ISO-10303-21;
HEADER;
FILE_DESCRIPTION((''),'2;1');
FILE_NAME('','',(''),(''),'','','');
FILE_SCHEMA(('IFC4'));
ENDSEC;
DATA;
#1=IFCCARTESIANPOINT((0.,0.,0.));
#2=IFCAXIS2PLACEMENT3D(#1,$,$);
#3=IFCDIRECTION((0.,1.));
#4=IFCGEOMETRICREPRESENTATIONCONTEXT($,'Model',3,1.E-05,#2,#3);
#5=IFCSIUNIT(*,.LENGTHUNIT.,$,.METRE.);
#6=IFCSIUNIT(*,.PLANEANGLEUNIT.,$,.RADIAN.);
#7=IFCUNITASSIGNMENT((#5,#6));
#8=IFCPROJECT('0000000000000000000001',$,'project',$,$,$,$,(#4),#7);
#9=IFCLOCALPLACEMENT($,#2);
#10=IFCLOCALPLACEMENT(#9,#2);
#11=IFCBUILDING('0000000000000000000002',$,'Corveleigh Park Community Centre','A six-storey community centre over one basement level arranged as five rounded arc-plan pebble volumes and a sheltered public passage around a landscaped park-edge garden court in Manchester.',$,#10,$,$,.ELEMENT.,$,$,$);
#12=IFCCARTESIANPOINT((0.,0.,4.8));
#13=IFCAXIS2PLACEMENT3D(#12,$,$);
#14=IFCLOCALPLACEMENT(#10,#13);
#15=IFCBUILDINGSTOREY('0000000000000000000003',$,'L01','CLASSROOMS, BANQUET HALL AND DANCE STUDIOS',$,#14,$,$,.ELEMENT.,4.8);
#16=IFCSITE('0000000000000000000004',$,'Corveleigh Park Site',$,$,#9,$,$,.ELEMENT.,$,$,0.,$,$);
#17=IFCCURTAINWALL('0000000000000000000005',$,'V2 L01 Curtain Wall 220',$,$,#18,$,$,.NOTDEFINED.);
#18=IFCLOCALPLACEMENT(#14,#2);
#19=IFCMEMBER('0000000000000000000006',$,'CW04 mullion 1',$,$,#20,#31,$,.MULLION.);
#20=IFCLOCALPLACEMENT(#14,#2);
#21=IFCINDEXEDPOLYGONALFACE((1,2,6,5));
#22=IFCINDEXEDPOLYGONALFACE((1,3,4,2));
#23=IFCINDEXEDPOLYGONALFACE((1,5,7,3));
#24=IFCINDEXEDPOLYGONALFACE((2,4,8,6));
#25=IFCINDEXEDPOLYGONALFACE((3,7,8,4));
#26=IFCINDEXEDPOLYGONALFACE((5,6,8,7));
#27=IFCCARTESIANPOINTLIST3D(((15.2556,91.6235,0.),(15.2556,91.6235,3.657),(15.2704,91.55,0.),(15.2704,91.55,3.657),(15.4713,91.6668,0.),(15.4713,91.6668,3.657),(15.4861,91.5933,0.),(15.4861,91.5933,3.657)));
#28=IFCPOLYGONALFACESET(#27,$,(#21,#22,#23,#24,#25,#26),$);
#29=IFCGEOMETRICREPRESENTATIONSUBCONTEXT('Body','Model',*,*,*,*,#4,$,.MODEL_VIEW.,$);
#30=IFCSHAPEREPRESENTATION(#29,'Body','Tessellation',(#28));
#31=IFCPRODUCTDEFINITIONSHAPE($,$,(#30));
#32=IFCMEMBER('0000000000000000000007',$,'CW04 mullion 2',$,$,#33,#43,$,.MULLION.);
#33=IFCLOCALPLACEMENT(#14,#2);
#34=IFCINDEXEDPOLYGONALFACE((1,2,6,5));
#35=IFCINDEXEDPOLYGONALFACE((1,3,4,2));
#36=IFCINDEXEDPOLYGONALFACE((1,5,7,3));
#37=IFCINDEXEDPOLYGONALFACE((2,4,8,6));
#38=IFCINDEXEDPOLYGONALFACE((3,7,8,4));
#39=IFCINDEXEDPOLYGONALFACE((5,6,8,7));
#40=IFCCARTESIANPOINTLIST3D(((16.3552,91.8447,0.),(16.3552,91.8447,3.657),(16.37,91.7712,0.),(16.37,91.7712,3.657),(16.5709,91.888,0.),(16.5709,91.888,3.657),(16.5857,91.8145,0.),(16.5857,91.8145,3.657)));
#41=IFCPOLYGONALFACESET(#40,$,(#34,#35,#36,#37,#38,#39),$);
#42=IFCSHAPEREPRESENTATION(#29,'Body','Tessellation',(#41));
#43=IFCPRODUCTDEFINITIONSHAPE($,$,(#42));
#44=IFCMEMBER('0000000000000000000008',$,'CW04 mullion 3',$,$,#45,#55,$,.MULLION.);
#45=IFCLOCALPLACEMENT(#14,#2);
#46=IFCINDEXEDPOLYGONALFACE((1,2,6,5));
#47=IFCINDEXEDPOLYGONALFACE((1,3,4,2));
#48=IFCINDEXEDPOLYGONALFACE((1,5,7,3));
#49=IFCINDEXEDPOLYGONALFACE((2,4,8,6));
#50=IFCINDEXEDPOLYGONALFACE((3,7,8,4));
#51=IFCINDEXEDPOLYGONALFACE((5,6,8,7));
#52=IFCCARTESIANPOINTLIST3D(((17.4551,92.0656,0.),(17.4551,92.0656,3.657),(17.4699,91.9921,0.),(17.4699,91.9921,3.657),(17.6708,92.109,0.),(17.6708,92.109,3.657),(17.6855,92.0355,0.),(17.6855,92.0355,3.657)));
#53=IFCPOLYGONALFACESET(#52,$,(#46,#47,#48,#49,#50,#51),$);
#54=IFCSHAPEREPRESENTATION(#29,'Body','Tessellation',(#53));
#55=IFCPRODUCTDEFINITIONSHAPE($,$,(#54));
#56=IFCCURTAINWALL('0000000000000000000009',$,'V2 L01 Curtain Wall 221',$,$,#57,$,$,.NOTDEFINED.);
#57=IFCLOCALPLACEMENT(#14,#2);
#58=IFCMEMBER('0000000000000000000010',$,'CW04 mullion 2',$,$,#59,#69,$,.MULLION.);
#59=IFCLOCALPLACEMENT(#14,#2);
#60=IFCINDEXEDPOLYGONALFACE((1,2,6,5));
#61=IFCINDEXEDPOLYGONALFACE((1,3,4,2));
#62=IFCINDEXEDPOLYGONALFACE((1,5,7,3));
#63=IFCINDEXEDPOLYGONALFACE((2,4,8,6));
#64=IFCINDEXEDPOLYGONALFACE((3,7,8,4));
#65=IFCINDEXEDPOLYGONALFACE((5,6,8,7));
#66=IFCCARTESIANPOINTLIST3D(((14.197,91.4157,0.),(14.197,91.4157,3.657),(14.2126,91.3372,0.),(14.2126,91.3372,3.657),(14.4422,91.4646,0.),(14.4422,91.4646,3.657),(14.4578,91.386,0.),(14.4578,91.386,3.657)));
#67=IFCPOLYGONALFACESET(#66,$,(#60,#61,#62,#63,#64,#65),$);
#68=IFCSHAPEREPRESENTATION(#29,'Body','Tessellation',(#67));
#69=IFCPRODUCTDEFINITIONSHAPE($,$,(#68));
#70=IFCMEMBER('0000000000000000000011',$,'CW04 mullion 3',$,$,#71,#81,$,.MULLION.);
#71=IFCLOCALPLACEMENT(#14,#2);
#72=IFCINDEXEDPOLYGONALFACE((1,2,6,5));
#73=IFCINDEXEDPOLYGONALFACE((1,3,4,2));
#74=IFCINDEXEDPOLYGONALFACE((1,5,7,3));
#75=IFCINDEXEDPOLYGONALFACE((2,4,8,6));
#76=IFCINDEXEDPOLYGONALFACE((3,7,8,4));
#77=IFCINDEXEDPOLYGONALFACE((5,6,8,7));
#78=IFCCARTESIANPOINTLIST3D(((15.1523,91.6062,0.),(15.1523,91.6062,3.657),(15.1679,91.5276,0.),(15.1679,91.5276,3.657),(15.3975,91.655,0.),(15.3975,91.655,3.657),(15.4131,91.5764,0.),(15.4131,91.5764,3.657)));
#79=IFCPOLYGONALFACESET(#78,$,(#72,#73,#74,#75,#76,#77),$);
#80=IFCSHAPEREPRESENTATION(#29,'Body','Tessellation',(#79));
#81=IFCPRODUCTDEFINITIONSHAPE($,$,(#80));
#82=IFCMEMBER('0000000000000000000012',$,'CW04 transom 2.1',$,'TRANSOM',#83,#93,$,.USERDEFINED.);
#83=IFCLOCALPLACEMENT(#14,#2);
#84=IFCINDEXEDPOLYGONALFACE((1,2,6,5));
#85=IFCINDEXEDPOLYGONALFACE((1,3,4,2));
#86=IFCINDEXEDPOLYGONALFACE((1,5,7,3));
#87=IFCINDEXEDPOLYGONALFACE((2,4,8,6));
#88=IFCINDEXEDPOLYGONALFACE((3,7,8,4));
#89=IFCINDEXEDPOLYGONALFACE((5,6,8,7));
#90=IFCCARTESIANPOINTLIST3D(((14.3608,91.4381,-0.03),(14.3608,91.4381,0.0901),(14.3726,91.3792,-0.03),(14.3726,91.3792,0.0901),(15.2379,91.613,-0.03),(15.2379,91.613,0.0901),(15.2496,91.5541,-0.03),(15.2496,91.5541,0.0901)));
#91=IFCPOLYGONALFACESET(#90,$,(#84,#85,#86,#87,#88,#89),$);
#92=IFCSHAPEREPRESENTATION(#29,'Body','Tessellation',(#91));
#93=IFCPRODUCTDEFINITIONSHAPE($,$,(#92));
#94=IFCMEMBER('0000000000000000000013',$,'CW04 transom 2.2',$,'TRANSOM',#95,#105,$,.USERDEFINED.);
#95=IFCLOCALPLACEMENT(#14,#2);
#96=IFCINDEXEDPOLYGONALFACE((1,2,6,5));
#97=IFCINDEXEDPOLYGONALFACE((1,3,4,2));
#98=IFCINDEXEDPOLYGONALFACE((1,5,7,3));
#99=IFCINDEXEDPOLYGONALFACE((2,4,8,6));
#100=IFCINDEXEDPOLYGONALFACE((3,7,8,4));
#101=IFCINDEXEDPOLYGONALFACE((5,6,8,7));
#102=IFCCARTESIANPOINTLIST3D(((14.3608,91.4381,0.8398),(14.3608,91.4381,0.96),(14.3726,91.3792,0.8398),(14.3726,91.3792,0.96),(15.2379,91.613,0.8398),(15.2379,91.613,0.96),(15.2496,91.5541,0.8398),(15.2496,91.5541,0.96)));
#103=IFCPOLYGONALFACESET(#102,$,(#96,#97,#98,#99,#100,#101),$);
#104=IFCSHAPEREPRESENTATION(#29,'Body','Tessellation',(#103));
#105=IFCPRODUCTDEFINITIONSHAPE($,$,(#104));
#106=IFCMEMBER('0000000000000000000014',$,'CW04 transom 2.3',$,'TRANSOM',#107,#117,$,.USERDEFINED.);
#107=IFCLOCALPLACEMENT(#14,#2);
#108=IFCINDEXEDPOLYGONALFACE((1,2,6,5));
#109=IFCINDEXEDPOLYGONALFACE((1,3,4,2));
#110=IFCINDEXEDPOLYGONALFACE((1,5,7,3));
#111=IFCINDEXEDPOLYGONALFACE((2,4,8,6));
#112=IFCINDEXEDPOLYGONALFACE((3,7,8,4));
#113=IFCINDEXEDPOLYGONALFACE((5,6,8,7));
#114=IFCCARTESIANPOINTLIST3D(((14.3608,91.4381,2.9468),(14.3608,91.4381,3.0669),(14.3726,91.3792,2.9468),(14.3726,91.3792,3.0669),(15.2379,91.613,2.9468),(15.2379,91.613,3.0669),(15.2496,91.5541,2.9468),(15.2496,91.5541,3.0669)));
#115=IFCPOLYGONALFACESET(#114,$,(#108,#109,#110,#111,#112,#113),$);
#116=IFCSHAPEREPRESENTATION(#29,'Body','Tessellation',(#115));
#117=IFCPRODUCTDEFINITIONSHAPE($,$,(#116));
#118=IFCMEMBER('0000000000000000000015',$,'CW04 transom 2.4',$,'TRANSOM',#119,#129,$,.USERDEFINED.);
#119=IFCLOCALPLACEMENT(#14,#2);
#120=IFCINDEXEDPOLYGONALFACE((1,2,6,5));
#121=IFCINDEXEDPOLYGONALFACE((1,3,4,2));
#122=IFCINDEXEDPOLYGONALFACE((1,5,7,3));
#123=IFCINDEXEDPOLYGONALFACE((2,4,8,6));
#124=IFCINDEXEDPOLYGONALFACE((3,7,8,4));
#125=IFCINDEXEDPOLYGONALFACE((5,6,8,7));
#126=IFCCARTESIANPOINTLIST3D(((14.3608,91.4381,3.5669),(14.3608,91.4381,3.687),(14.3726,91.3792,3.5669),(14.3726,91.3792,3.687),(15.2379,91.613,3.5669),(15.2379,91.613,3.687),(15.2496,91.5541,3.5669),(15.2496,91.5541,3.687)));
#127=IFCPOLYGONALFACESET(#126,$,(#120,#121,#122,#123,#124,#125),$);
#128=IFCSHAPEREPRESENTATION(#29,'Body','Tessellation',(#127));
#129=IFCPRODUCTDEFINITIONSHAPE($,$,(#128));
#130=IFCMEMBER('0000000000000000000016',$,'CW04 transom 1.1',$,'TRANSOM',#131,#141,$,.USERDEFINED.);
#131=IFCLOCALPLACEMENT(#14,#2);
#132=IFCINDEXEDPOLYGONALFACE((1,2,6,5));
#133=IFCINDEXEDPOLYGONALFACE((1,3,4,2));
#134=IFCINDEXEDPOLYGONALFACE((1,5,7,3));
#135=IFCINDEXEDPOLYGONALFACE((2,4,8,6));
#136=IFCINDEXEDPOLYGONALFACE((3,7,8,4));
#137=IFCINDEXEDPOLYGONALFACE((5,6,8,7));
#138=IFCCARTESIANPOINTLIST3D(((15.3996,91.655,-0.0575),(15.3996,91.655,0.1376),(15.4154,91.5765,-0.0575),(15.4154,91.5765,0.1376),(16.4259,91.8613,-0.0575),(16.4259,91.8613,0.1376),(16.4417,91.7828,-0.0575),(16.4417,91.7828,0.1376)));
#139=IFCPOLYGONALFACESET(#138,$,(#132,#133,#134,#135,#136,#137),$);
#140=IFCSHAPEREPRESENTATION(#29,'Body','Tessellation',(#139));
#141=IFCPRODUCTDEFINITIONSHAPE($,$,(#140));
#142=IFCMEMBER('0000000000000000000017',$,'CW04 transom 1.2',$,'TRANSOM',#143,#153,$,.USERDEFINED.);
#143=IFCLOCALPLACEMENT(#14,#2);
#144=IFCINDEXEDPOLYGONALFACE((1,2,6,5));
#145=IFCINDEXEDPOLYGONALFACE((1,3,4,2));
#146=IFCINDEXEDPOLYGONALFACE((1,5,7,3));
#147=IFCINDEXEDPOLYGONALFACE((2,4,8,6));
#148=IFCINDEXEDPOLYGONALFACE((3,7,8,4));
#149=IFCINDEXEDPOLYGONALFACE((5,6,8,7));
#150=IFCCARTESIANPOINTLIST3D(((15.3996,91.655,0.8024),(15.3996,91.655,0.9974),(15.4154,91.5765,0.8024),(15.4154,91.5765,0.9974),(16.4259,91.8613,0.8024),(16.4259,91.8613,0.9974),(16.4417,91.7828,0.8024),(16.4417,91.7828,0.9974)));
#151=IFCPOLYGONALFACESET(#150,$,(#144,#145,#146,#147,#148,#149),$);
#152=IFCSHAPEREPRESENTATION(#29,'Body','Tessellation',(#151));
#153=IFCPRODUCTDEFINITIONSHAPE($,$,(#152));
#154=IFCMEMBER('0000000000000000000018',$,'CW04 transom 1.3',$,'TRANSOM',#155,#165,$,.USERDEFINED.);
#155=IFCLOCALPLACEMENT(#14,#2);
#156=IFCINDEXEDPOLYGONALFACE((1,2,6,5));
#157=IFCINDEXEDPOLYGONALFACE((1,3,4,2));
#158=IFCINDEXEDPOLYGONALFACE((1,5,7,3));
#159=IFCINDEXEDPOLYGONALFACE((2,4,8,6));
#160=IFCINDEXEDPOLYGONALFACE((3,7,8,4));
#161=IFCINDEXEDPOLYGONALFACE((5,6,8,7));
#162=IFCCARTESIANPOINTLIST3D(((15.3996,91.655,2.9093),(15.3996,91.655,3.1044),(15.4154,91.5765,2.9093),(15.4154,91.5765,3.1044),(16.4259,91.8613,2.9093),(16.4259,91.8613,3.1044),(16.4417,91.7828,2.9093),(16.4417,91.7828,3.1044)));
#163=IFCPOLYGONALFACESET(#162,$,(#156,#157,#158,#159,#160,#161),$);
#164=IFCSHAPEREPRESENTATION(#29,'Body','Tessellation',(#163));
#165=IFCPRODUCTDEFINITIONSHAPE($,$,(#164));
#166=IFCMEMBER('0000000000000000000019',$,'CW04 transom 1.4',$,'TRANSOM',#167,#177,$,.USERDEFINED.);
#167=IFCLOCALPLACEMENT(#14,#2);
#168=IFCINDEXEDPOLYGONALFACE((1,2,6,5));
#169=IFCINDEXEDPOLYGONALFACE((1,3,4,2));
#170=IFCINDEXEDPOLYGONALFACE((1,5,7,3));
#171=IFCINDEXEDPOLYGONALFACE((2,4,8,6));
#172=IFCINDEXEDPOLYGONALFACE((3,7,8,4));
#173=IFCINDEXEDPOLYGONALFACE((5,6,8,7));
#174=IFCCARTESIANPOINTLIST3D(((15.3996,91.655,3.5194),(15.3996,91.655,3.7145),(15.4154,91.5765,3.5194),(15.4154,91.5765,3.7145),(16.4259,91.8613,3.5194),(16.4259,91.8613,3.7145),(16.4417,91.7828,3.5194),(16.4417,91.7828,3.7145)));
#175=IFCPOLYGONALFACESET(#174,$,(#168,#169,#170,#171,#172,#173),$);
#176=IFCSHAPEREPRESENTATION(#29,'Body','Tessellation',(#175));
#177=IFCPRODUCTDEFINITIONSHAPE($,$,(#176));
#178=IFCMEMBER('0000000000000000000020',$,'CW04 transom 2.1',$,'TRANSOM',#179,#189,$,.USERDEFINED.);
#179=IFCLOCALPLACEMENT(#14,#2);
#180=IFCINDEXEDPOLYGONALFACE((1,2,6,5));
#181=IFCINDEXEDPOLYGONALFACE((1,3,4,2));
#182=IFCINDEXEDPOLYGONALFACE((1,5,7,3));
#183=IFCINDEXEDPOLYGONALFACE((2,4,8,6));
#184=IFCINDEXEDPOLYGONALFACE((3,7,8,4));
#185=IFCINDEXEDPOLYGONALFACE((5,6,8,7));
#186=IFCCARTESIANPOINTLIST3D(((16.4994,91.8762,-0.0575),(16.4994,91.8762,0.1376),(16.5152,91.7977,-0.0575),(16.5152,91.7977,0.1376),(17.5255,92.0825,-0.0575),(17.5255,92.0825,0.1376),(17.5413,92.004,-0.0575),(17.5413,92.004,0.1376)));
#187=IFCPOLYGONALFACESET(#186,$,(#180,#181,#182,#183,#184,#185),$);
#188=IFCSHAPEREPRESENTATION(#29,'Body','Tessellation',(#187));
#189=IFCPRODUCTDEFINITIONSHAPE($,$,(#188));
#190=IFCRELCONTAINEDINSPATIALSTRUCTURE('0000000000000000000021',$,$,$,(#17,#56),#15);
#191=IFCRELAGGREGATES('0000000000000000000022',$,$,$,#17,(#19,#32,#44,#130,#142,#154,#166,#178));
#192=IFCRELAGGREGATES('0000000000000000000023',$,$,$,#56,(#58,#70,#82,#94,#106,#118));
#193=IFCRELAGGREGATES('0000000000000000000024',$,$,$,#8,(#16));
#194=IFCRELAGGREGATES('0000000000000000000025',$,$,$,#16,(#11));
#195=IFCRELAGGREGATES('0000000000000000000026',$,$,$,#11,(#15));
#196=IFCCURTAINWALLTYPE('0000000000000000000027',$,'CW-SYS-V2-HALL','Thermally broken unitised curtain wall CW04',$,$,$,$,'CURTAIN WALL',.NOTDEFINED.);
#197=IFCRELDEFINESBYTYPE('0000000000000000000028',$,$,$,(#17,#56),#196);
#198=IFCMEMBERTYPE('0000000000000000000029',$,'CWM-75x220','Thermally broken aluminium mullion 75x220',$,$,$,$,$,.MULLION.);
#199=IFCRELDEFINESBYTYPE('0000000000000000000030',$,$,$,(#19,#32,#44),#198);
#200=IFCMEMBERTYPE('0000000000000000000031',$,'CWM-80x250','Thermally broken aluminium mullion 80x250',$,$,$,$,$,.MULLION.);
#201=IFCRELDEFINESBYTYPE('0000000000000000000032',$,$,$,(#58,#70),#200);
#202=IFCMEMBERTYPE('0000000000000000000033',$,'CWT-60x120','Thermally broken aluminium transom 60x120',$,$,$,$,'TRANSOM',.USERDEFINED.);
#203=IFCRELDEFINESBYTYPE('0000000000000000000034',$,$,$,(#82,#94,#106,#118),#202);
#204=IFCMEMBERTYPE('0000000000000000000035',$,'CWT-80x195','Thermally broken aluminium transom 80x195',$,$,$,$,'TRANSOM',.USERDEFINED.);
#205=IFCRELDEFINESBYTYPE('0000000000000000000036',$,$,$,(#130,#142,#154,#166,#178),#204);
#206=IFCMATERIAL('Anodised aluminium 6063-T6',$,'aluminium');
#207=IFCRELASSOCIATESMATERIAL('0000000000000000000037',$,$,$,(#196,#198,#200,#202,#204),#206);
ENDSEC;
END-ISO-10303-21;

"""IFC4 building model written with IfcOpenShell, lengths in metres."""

from ifc_helpers import new_model, si_unit, direction, frame, origin, origin_2d, place, context, subcontext, project, spatial, rectangle, extrude, material, material_profile, profile_set, type_object, element, aggregate, save


model = new_model("IFC4")

# Units and contexts
model_context = context("Model", 3, precision=1e-05, world=origin(), true_north=direction((0.0, 1.0)))
body_context = subcontext(model_context, "Body", "Model", "MODEL_VIEW")
ifc_project = project(units=[si_unit("LENGTHUNIT", "METRE"), si_unit("PLANEANGLEUNIT", "RADIAN")], contexts=[model_context])

# Site, building, storey
site_placement = place(None, origin())
site = spatial("IfcSite", under=ifc_project, at=site_placement, Name="Corveleigh Park Site", CompositionType="ELEMENT", RefElevation=0.0)
building_placement = place(site_placement, origin())
building = spatial("IfcBuilding", under=site, at=building_placement, Name="Corveleigh Park Community Centre", Description="A six-storey community centre over one basement level arranged as five rounded arc-plan pebble volumes and a sheltered public passage around a landscaped park-edge garden court in Manchester.", CompositionType="ELEMENT")
storey_placement = place(building_placement, frame((0.0, 0.0, 4.8)))
storey = spatial("IfcBuildingStorey", under=building, at=storey_placement, Name="L01", Description="CLASSROOMS, BANQUET HALL AND DANCE STUDIOS", CompositionType="ELEMENT", Elevation=4.8)

# Curtain walls, members
ifc_material_1 = material(Name="Anodised aluminium 6063-T6", Category="aluminium")
curtain_wall_type = type_object("IfcCurtainWallType", Name="CW-SYS-V2-HALL", Description="Thermally broken unitised curtain wall CW04", ElementType="CURTAIN WALL", PredefinedType="NOTDEFINED", material=ifc_material_1)
curtain_wall_1_placement = place(storey_placement, origin())
curtain_wall_1 = element("IfcCurtainWall", 1, at=curtain_wall_1_placement, inside=storey, type_object=curtain_wall_type, Name="V2 L01 Curtain Wall 220", PredefinedType="NOTDEFINED")
ifc_material_profile_1 = material_profile(ifc_material_1, rectangle(XDim=0.075, YDim=0.22, at=origin_2d()), Name="ALU-M75x220", Category="aluminium")
ifc_profile_set_1 = profile_set([ifc_material_profile_1], Name="Anodised aluminium 6063-T6")
member_type_1 = type_object("IfcMemberType", Name="CWM-75x220", Description="Thermally broken aluminium mullion 75x220", PredefinedType="MULLION", material=ifc_profile_set_1)
member_1_placement = place(storey_placement, frame((15.3708, 91.6084, 0.0), z_axis=(0.0, 0.0, 1.0), x_axis=(-0.197111, 0.980381, 0.0)))
member_1 = element("IfcMember", 2, at=member_1_placement, type_object=member_type_1, Name="CW04 mullion 1", PredefinedType="MULLION", context=body_context, shape_type="SweptSolid", body=[
    extrude(rectangle(XDim=0.075, YDim=0.22, at=origin_2d()), origin(), (0.0, 0.0, 1.0), 3.657),
])
member_2_placement = place(storey_placement, frame((16.4705, 91.8296, 0.0), z_axis=(0.0, 0.0, 1.0), x_axis=(-0.197111, 0.980381, 0.0)))
member_2 = element("IfcMember", 3, at=member_2_placement, type_object=member_type_1, Name="CW04 mullion 2", PredefinedType="MULLION", context=body_context, shape_type="SweptSolid", body=[
    extrude(rectangle(XDim=0.075, YDim=0.22, at=origin_2d()), origin(), (0.0, 0.0, 1.0), 3.657),
])
member_3_placement = place(storey_placement, frame((17.5703, 92.0505, 0.0), z_axis=(0.0, 0.0, 1.0), x_axis=(-0.197111, 0.980381, 0.0)))
member_3 = element("IfcMember", 4, at=member_3_placement, type_object=member_type_1, Name="CW04 mullion 3", PredefinedType="MULLION", context=body_context, shape_type="SweptSolid", body=[
    extrude(rectangle(XDim=0.075, YDim=0.22, at=origin_2d()), origin(), (0.0, 0.0, 1.0), 3.657),
])
curtain_wall_2_placement = place(storey_placement, origin())
curtain_wall_2 = element("IfcCurtainWall", 5, at=curtain_wall_2_placement, inside=storey, type_object=curtain_wall_type, Name="V2 L01 Curtain Wall 221", PredefinedType="NOTDEFINED")
ifc_material_profile_2 = material_profile(ifc_material_1, rectangle(XDim=0.0801, YDim=0.25, at=origin_2d()), Name="ALU-M80x250", Category="aluminium")
ifc_profile_set_2 = profile_set([ifc_material_profile_2], Name="Anodised aluminium 6063-T6")
member_type_2 = type_object("IfcMemberType", Name="CWM-80x250", Description="Thermally broken aluminium mullion 80x250", PredefinedType="MULLION", material=ifc_profile_set_2)
member_4_placement = place(storey_placement, frame((14.3274, 91.4009, 0.0), z_axis=(0.0, 0.0, 1.0), x_axis=(-0.195263, 0.980751, 0.0)))
member_4 = element("IfcMember", 6, at=member_4_placement, type_object=member_type_2, Name="CW04 mullion 2", PredefinedType="MULLION", context=body_context, shape_type="SweptSolid", body=[
    extrude(rectangle(XDim=0.0801, YDim=0.25, at=origin_2d()), origin(), (0.0, 0.0, 1.0), 3.657),
])
member_5_placement = place(storey_placement, frame((15.2827, 91.5913, 0.0), z_axis=(0.0, 0.0, 1.0), x_axis=(-0.195263, 0.980751, 0.0)))
member_5 = element("IfcMember", 7, at=member_5_placement, type_object=member_type_2, Name="CW04 mullion 3", PredefinedType="MULLION", context=body_context, shape_type="SweptSolid", body=[
    extrude(rectangle(XDim=0.0801, YDim=0.25, at=origin_2d()), origin(), (0.0, 0.0, 1.0), 3.657),
])
ifc_material_profile_3 = material_profile(ifc_material_1, rectangle(XDim=0.0601, YDim=0.1201, at=origin_2d()), Name="ALU-T60x120", Category="aluminium")
ifc_profile_set_3 = profile_set([ifc_material_profile_3], Name="Anodised aluminium 6063-T6")
member_type_3 = type_object("IfcMemberType", Name="CWT-60x120", Description="Thermally broken aluminium transom 60x120", ElementType="TRANSOM", PredefinedType="USERDEFINED", material=ifc_profile_set_3)
member_6_placement = place(storey_placement, frame((14.3667, 91.4087, 0.03), z_axis=(0.980706, 0.195486, 0.0), x_axis=(-0.195486, 0.980706, 0.0)))
member_6 = element("IfcMember", 8, at=member_6_placement, type_object=member_type_3, Name="CW04 transom 2.1", ObjectType="TRANSOM", PredefinedType="USERDEFINED", context=body_context, shape_type="SweptSolid", body=[
    extrude(rectangle(XDim=0.0601, YDim=0.1201, at=origin_2d()), origin(), (0.0, 0.0, 1.0), 0.8943),
])
member_7_placement = place(storey_placement, frame((14.3667, 91.4087, 0.8999), z_axis=(0.980706, 0.195486, 0.0), x_axis=(-0.195486, 0.980706, 0.0)))
member_7 = element("IfcMember", 9, at=member_7_placement, type_object=member_type_3, Name="CW04 transom 2.2", ObjectType="TRANSOM", PredefinedType="USERDEFINED", context=body_context, shape_type="SweptSolid", body=[
    extrude(rectangle(XDim=0.0601, YDim=0.1201, at=origin_2d()), origin(), (0.0, 0.0, 1.0), 0.8943),
])
member_8_placement = place(storey_placement, frame((14.3667, 91.4087, 3.0068), z_axis=(0.980706, 0.195486, 0.0), x_axis=(-0.195486, 0.980706, 0.0)))
member_8 = element("IfcMember", 10, at=member_8_placement, type_object=member_type_3, Name="CW04 transom 2.3", ObjectType="TRANSOM", PredefinedType="USERDEFINED", context=body_context, shape_type="SweptSolid", body=[
    extrude(rectangle(XDim=0.0601, YDim=0.1201, at=origin_2d()), origin(), (0.0, 0.0, 1.0), 0.8943),
])
member_9_placement = place(storey_placement, frame((14.3667, 91.4087, 3.627), z_axis=(0.980706, 0.195486, 0.0), x_axis=(-0.195486, 0.980706, 0.0)))
member_9 = element("IfcMember", 11, at=member_9_placement, type_object=member_type_3, Name="CW04 transom 2.4", ObjectType="TRANSOM", PredefinedType="USERDEFINED", context=body_context, shape_type="SweptSolid", body=[
    extrude(rectangle(XDim=0.0601, YDim=0.1201, at=origin_2d()), origin(), (0.0, 0.0, 1.0), 0.8943),
])

# Members
ifc_material_profile_4 = material_profile(ifc_material_1, rectangle(XDim=0.0801, YDim=0.1951, at=origin_2d()), Name="ALU-T80x195", Category="aluminium")
ifc_profile_set_4 = profile_set([ifc_material_profile_4], Name="Anodised aluminium 6063-T6")
member_type_4 = type_object("IfcMemberType", Name="CWT-80x195", Description="Thermally broken aluminium transom 80x195", ElementType="TRANSOM", PredefinedType="USERDEFINED", material=ifc_profile_set_4)
member_10_placement = place(storey_placement, frame((15.4075, 91.6157, 0.04), z_axis=(0.980392, 0.197058, 0.0), x_axis=(-0.197058, 0.980392, 0.0)))
member_10 = element("IfcMember", 12, at=member_10_placement, type_object=member_type_4, Name="CW04 transom 1.1", ObjectType="TRANSOM", PredefinedType="USERDEFINED", context=body_context, shape_type="SweptSolid", body=[
    extrude(rectangle(XDim=0.0801, YDim=0.1951, at=origin_2d()), origin(), (0.0, 0.0, 1.0), 1.0469),
])
member_11_placement = place(storey_placement, frame((15.4075, 91.6157, 0.8999), z_axis=(0.980392, 0.197058, 0.0), x_axis=(-0.197058, 0.980392, 0.0)))
member_11 = element("IfcMember", 13, at=member_11_placement, type_object=member_type_4, Name="CW04 transom 1.2", ObjectType="TRANSOM", PredefinedType="USERDEFINED", context=body_context, shape_type="SweptSolid", body=[
    extrude(rectangle(XDim=0.0801, YDim=0.1951, at=origin_2d()), origin(), (0.0, 0.0, 1.0), 1.0469),
])
member_12_placement = place(storey_placement, frame((15.4075, 91.6157, 3.0068), z_axis=(0.980392, 0.197058, 0.0), x_axis=(-0.197058, 0.980392, 0.0)))
member_12 = element("IfcMember", 14, at=member_12_placement, type_object=member_type_4, Name="CW04 transom 1.3", ObjectType="TRANSOM", PredefinedType="USERDEFINED", context=body_context, shape_type="SweptSolid", body=[
    extrude(rectangle(XDim=0.0801, YDim=0.1951, at=origin_2d()), origin(), (0.0, 0.0, 1.0), 1.0469),
])
member_13_placement = place(storey_placement, frame((15.4075, 91.6157, 3.6169), z_axis=(0.980392, 0.197058, 0.0), x_axis=(-0.197058, 0.980392, 0.0)))
member_13 = element("IfcMember", 15, at=member_13_placement, type_object=member_type_4, Name="CW04 transom 1.4", ObjectType="TRANSOM", PredefinedType="USERDEFINED", context=body_context, shape_type="SweptSolid", body=[
    extrude(rectangle(XDim=0.0801, YDim=0.1951, at=origin_2d()), origin(), (0.0, 0.0, 1.0), 1.0469),
])
member_14_placement = place(storey_placement, frame((16.5073, 91.8369, 0.04), z_axis=(0.980383, 0.197103, 0.0), x_axis=(-0.197103, 0.980383, 0.0)))
member_14 = element("IfcMember", 16, at=member_14_placement, type_object=member_type_4, Name="CW04 transom 2.1", ObjectType="TRANSOM", PredefinedType="USERDEFINED", context=body_context, shape_type="SweptSolid", body=[
    extrude(rectangle(XDim=0.0801, YDim=0.1951, at=origin_2d()), origin(), (0.0, 0.0, 1.0), 1.0466),
])

aggregate(curtain_wall_1, [member_1, member_2, member_3, member_10, member_11, member_12, member_13, member_14])
aggregate(curtain_wall_2, [member_4, member_5, member_6, member_7, member_8, member_9])

save(model, "model.ifc")
